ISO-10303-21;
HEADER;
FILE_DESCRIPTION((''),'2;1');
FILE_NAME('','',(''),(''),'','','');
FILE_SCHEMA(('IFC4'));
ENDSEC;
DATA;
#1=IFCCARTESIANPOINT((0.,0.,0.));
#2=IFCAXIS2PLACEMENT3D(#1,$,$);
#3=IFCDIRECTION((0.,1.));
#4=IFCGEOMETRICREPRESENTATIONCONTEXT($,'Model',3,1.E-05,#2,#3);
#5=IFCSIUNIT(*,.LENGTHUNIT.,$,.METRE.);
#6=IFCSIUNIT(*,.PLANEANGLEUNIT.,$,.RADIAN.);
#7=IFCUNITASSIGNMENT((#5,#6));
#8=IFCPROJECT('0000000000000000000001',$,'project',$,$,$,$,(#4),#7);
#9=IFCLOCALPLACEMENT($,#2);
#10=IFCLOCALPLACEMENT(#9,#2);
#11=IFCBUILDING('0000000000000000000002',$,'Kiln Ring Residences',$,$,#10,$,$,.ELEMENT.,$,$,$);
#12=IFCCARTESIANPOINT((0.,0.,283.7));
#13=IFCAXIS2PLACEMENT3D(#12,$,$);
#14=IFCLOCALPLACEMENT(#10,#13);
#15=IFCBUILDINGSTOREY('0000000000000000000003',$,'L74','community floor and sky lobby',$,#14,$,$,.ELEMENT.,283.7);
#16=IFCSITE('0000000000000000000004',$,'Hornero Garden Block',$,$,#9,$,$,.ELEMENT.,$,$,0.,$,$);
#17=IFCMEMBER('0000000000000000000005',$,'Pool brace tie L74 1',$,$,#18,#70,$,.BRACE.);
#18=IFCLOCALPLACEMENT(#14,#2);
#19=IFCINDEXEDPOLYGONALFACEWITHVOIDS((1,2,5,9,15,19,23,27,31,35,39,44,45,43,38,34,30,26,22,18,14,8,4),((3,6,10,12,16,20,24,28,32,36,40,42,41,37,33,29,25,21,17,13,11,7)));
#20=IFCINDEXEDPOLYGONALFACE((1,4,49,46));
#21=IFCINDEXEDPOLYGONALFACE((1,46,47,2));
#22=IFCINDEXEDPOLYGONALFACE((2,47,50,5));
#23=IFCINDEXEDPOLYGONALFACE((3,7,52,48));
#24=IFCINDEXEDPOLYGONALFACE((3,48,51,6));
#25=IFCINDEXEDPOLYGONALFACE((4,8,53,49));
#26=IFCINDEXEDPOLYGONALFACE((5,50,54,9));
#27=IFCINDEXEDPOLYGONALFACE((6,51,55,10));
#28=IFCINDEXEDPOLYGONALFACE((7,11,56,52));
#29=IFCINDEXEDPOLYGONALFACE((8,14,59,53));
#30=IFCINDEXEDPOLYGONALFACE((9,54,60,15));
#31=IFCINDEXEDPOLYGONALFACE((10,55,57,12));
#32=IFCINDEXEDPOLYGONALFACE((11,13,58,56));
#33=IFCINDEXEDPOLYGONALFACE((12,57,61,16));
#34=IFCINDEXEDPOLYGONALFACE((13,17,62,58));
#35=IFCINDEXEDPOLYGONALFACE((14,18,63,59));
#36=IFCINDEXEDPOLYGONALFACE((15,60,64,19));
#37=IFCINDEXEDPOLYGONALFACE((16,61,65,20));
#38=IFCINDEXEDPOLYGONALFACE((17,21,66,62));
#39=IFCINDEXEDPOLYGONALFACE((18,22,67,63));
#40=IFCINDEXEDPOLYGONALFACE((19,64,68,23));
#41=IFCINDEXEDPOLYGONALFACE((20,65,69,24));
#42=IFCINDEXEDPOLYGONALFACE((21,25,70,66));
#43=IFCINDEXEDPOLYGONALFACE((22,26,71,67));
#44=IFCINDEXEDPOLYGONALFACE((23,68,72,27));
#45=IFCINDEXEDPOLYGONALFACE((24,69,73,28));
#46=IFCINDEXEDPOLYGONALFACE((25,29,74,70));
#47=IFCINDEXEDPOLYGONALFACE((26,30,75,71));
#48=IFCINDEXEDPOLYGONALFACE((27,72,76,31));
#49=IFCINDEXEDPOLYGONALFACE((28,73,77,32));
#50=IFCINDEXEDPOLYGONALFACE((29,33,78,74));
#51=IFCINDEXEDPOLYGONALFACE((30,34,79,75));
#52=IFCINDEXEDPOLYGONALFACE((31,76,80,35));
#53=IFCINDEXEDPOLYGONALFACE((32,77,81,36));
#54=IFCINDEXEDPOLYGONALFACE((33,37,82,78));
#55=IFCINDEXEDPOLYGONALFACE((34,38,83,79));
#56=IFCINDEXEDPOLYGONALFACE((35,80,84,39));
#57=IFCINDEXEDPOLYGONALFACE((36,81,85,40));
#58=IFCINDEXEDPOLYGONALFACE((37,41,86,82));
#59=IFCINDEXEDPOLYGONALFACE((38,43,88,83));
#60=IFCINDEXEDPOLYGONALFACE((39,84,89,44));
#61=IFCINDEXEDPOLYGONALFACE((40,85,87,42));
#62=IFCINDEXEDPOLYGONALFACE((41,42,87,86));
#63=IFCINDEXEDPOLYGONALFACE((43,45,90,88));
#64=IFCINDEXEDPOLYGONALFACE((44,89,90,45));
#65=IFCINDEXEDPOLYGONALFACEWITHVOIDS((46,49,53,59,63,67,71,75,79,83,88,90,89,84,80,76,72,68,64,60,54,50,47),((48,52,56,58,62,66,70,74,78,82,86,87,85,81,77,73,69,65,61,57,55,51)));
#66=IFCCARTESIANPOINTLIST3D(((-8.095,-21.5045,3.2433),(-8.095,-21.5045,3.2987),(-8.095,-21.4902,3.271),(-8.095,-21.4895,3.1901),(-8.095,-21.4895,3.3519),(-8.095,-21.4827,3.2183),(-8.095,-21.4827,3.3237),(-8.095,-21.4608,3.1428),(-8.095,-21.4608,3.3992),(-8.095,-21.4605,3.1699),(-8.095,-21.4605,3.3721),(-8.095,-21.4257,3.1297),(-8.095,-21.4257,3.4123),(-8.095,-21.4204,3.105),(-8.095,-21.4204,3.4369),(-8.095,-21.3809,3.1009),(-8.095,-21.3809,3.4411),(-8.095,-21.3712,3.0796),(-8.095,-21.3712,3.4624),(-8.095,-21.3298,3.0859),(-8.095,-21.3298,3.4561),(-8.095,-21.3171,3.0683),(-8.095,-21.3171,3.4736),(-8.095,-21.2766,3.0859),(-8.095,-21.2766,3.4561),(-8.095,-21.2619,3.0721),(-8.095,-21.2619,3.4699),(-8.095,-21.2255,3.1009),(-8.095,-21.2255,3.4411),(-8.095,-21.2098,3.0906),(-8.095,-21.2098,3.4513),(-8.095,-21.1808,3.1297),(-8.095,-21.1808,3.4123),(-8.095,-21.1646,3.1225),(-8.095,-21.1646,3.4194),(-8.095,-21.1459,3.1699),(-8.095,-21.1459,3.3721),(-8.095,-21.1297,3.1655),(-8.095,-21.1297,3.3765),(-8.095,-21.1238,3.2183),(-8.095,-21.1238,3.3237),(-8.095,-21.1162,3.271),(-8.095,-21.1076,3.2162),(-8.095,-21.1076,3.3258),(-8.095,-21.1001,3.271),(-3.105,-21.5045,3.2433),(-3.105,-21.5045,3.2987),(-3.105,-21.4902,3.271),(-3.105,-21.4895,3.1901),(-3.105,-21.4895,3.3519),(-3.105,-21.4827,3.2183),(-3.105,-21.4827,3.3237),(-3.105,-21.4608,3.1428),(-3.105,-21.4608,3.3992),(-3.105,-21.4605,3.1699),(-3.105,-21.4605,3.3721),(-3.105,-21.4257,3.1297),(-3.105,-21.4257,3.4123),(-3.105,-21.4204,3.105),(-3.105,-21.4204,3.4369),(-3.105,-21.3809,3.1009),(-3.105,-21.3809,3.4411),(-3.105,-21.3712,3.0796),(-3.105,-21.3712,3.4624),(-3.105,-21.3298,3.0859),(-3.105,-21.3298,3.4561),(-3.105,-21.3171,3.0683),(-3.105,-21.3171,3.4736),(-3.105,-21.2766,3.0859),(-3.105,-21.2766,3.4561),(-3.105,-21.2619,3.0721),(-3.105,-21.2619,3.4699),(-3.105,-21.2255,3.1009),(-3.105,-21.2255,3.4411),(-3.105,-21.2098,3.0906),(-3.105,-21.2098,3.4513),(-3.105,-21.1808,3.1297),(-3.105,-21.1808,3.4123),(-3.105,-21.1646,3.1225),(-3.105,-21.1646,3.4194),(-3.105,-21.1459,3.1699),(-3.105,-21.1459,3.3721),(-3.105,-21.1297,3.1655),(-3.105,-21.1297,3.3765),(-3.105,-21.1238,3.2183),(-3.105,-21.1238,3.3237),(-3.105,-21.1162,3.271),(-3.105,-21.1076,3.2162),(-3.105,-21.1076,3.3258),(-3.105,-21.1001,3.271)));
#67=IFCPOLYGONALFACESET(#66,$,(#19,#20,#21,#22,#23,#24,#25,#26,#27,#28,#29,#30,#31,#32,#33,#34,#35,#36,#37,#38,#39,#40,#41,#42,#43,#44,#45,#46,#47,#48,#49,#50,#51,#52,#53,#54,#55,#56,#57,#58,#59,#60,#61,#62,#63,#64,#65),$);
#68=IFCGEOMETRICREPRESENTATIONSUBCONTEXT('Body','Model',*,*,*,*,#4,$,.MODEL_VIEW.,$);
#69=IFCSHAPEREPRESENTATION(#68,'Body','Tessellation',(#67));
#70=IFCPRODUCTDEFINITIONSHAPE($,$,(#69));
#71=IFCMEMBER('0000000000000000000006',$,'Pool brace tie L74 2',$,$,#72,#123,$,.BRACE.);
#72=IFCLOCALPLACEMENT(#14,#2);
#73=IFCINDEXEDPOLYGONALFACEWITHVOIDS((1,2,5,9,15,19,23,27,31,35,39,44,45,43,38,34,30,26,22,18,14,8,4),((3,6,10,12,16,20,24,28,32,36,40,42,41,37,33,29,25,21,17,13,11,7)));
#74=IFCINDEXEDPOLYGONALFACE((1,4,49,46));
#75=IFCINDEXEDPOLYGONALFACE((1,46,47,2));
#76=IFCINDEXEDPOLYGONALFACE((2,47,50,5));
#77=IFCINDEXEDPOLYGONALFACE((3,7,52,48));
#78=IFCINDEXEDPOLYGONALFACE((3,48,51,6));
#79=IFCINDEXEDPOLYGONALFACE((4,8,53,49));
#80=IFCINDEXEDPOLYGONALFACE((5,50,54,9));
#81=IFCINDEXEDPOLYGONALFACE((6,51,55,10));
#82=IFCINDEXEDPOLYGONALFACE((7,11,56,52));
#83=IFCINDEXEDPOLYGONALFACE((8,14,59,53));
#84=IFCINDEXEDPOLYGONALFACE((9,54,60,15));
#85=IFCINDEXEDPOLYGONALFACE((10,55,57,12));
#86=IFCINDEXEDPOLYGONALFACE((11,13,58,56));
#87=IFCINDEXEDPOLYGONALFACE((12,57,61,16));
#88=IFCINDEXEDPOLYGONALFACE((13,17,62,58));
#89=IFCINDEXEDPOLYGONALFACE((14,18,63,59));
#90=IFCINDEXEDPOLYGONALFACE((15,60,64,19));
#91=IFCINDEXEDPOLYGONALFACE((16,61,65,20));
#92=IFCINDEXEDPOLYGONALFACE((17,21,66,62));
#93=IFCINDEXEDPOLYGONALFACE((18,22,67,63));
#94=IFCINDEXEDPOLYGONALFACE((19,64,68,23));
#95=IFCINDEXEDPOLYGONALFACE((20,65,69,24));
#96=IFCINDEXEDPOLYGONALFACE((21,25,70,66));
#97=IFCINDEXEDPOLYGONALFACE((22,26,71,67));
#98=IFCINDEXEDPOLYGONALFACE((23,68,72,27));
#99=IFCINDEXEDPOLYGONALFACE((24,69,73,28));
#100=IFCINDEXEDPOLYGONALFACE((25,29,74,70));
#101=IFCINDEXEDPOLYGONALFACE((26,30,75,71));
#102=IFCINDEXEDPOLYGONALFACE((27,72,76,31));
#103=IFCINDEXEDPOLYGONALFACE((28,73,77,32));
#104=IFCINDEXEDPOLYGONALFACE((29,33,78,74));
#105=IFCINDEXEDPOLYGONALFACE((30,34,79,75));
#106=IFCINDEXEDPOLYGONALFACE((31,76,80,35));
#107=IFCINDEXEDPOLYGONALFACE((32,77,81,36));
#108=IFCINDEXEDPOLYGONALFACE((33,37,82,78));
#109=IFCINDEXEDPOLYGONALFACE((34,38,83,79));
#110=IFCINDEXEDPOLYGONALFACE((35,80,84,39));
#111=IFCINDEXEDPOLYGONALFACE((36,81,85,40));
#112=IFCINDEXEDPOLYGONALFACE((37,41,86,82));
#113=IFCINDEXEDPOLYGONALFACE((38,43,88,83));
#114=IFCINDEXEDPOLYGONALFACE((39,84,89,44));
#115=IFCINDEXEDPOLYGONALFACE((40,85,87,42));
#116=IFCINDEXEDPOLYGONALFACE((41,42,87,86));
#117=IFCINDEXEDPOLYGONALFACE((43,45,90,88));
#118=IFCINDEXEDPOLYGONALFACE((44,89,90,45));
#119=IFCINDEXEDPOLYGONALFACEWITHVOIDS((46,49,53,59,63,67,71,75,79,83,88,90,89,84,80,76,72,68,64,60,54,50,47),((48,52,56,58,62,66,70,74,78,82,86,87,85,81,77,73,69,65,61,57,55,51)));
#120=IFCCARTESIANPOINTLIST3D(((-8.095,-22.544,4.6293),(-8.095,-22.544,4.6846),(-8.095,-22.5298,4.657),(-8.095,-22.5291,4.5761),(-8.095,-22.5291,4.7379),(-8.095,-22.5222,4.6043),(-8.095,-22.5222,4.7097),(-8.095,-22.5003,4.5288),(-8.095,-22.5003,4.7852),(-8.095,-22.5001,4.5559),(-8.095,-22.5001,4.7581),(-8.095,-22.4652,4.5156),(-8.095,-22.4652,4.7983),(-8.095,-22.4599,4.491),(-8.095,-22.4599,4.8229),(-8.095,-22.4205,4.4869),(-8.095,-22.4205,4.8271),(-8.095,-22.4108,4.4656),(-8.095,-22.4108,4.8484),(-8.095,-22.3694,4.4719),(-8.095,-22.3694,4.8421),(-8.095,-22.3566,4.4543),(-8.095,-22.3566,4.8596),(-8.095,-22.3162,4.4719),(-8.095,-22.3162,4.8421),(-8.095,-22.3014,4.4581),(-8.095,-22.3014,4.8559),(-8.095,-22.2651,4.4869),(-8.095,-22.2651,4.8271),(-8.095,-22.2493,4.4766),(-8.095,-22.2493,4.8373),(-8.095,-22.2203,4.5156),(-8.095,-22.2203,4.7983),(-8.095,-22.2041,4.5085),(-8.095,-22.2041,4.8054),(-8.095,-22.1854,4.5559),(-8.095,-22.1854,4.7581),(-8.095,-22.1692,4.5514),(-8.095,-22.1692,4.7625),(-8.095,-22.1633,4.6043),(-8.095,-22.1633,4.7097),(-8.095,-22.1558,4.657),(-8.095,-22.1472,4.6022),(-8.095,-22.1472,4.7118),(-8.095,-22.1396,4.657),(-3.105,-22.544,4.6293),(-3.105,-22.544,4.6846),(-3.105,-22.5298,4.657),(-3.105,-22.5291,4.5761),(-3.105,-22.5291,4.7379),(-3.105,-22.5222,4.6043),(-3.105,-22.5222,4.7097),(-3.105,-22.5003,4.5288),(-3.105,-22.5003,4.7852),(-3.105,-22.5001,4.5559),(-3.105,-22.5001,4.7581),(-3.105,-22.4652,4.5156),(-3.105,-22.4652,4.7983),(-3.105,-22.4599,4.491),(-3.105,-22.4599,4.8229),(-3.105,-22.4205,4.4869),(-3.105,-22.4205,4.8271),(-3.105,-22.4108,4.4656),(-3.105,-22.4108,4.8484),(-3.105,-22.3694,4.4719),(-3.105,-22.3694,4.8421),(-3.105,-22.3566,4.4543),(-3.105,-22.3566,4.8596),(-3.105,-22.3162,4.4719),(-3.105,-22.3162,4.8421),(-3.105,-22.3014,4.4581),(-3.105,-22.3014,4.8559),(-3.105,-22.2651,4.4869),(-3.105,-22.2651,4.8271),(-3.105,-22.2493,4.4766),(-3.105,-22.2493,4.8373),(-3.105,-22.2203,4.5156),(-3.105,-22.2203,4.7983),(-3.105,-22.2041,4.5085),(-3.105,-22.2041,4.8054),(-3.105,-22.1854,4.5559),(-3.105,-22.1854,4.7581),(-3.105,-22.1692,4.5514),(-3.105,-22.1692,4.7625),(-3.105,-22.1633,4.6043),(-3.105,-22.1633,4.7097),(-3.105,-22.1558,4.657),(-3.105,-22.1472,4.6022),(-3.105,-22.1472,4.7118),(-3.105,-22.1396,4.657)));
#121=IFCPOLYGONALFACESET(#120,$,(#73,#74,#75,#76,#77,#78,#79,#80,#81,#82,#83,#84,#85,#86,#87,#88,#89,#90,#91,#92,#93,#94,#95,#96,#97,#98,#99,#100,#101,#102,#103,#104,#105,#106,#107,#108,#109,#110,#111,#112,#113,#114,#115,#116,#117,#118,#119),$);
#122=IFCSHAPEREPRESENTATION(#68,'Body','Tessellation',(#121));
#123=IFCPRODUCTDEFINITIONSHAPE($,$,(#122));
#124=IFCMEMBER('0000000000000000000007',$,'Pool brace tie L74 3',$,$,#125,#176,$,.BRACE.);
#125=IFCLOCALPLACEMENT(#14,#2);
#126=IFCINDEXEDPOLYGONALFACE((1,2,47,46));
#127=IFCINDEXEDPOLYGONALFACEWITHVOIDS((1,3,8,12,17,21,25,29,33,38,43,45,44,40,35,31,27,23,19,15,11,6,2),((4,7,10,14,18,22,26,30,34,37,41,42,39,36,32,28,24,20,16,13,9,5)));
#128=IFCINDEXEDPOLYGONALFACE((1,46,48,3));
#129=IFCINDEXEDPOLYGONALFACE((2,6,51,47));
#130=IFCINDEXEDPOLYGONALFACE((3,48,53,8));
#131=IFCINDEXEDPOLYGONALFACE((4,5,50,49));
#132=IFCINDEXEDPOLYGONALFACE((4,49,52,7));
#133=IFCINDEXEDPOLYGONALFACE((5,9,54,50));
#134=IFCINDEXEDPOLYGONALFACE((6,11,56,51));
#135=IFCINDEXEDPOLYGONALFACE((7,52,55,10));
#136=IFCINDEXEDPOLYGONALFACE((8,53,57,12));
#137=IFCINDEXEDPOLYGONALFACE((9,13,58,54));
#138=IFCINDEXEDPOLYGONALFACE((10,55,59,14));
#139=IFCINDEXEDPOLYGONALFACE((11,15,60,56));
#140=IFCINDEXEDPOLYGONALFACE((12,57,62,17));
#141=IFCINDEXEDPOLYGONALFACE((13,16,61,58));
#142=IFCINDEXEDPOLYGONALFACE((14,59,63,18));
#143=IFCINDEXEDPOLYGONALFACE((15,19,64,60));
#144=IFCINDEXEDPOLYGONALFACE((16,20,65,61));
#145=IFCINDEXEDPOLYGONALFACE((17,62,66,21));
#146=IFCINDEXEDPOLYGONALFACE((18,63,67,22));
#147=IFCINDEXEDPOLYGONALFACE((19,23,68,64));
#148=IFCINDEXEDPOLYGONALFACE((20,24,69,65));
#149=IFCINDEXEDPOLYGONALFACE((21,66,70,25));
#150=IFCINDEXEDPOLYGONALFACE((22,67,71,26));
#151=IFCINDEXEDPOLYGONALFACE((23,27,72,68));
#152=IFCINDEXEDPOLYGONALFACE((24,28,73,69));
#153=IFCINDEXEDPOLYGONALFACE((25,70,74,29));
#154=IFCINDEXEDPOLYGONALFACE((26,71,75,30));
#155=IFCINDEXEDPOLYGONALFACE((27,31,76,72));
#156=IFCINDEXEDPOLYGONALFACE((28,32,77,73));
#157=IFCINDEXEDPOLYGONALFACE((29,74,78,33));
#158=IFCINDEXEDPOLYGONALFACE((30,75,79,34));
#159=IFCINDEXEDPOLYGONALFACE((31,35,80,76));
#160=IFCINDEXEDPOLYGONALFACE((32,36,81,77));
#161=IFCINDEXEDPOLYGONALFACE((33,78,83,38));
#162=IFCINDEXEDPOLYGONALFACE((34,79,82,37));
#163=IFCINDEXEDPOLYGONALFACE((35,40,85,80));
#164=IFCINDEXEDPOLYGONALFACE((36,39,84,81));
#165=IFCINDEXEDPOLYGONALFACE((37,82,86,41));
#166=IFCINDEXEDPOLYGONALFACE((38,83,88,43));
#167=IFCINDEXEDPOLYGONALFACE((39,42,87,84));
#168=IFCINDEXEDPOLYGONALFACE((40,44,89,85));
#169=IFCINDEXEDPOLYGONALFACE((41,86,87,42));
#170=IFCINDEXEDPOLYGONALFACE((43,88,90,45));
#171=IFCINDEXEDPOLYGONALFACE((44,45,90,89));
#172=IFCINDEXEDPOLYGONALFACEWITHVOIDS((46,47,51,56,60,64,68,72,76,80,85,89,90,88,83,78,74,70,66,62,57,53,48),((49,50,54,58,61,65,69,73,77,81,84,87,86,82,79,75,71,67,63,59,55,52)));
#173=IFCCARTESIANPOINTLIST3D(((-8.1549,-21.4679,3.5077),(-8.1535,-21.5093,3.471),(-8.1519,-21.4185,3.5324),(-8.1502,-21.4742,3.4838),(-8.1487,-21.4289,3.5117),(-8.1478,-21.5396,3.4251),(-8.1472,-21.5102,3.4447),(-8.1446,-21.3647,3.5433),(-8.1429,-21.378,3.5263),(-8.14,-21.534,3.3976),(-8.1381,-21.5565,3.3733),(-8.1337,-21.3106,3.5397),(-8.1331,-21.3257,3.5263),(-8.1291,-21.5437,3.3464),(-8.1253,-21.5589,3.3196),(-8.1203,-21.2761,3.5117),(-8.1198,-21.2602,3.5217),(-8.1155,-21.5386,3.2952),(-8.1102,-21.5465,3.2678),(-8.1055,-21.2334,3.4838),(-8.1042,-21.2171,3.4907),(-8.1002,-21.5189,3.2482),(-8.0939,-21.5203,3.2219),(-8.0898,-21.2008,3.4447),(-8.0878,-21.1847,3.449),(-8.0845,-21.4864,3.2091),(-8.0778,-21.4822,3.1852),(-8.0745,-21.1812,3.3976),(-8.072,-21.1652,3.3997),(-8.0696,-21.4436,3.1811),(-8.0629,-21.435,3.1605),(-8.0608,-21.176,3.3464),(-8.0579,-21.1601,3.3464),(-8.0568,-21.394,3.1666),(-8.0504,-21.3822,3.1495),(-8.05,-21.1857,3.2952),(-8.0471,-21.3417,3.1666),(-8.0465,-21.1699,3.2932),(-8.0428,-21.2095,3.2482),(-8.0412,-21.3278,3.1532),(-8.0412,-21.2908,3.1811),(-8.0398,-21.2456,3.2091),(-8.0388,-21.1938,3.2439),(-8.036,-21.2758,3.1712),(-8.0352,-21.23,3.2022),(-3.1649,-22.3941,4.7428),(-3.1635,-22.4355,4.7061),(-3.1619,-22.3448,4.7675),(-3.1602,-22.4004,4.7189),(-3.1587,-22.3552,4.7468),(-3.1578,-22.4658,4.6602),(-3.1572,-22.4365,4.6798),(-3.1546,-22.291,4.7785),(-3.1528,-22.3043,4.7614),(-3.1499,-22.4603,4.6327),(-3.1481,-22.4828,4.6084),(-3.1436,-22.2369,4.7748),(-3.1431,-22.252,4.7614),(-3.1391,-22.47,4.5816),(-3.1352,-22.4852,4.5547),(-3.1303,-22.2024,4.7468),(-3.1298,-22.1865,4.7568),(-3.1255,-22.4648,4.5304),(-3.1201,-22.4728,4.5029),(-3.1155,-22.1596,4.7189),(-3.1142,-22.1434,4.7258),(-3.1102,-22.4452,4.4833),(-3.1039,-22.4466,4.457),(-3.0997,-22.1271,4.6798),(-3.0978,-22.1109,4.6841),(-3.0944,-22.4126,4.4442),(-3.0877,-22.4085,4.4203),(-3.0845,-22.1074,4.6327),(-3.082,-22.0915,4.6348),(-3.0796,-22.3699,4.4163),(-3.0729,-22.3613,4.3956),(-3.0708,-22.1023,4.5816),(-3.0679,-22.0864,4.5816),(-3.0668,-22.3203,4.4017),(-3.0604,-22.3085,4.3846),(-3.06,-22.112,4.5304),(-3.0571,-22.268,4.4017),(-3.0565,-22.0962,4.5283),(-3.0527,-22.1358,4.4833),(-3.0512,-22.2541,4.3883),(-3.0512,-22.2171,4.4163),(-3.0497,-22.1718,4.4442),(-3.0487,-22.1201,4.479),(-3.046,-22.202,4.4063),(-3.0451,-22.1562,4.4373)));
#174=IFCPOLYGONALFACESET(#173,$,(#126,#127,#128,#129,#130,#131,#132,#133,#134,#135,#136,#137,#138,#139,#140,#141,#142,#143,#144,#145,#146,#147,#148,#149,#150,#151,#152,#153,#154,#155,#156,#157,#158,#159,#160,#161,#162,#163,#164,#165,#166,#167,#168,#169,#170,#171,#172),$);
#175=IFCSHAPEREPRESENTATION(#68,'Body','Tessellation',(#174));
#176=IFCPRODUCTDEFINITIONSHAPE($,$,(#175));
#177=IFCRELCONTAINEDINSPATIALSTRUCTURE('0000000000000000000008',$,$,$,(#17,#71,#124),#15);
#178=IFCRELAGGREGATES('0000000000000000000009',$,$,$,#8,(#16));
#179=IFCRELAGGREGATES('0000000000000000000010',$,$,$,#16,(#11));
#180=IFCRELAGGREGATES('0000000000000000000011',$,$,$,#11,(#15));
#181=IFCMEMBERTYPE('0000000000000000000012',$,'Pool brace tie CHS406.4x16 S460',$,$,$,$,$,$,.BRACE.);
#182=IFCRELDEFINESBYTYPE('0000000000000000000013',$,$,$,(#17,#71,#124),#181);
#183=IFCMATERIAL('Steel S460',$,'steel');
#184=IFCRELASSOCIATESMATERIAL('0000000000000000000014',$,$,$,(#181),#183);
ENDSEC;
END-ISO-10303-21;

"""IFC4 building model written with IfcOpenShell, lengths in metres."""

from ifc_helpers import new_model, si_unit, direction, frame, origin, origin_2d, place, context, subcontext, project, spatial, hollow_circle, extrude, material, material_profile, profile_set, type_object, element, save


model = new_model("IFC4")

# Units and contexts
model_context = context("Model", 3, precision=1e-05, world=origin(), true_north=direction((0.0, 1.0)))
body_context = subcontext(model_context, "Body", "Model", "MODEL_VIEW")
ifc_project = project(units=[si_unit("LENGTHUNIT", "METRE"), si_unit("PLANEANGLEUNIT", "RADIAN")], contexts=[model_context])

# Site, building, storey
site_placement = place(None, origin())
site = spatial("IfcSite", under=ifc_project, at=site_placement, Name="Hornero Garden Block", CompositionType="ELEMENT", RefElevation=0.0)
building_placement = place(site_placement, origin())
building = spatial("IfcBuilding", under=site, at=building_placement, Name="Kiln Ring Residences", CompositionType="ELEMENT")
storey_placement = place(building_placement, frame((0.0, 0.0, 283.7)))
storey = spatial("IfcBuildingStorey", under=building, at=storey_placement, Name="L74", Description="community floor and sky lobby", CompositionType="ELEMENT", Elevation=283.7)

# Members
ifc_material_1 = material(Name="Steel S460", Category="steel")
ifc_material_profile_1 = material_profile(ifc_material_1, hollow_circle(Radius=0.2031, WallThickness=0.0161, at=origin_2d()), Name="CHS406.4x16")
ifc_profile_set_1 = profile_set([ifc_material_profile_1], Name="Steel S460")
member_type_1 = type_object("IfcMemberType", Name="Pool brace tie CHS406.4x16 S460", PredefinedType="BRACE", material=ifc_profile_set_1)
for number, where, z_axis, x_axis, name in (
    (1, (-8.095, -21.3032, 3.271), (1.0, 0.0, 0.0), (0.0, 1.0, 0.0), "Pool brace tie L74 1"),
    (2, (-8.095, -22.3428, 4.657), (1.0, 0.0, 0.0), (0.0, 1.0, 0.0), "Pool brace tie L74 2"),
):
    element("IfcMember", number, at=place(storey_placement, frame(where, z_axis=z_axis, x_axis=x_axis)), inside=storey, type_object=member_type_1, Name=name, PredefinedType="BRACE", context=body_context, shape_type="SweptSolid", body=[
        extrude(hollow_circle(Radius=0.2031, WallThickness=0.0161, at=origin_2d()), origin(), (0.0, 0.0, 1.0), 4.99),
    ])
member_1_placement = place(storey_placement, frame((-8.095, -21.3599, 3.3464), z_axis=(0.955322, -0.177332, 0.236459), x_axis=(0.182508, 0.983204, 0.0)))
element("IfcMember", 3, at=member_1_placement, inside=storey, type_object=member_type_1, Name="Pool brace tie L74 3", PredefinedType="BRACE", context=body_context, shape_type="SweptSolid", body=[
    extrude(hollow_circle(Radius=0.2031, WallThickness=0.0161, at=origin_2d()), origin(), (0.0, 0.0, 1.0), 5.2234),
])

save(model, "model.ifc")
